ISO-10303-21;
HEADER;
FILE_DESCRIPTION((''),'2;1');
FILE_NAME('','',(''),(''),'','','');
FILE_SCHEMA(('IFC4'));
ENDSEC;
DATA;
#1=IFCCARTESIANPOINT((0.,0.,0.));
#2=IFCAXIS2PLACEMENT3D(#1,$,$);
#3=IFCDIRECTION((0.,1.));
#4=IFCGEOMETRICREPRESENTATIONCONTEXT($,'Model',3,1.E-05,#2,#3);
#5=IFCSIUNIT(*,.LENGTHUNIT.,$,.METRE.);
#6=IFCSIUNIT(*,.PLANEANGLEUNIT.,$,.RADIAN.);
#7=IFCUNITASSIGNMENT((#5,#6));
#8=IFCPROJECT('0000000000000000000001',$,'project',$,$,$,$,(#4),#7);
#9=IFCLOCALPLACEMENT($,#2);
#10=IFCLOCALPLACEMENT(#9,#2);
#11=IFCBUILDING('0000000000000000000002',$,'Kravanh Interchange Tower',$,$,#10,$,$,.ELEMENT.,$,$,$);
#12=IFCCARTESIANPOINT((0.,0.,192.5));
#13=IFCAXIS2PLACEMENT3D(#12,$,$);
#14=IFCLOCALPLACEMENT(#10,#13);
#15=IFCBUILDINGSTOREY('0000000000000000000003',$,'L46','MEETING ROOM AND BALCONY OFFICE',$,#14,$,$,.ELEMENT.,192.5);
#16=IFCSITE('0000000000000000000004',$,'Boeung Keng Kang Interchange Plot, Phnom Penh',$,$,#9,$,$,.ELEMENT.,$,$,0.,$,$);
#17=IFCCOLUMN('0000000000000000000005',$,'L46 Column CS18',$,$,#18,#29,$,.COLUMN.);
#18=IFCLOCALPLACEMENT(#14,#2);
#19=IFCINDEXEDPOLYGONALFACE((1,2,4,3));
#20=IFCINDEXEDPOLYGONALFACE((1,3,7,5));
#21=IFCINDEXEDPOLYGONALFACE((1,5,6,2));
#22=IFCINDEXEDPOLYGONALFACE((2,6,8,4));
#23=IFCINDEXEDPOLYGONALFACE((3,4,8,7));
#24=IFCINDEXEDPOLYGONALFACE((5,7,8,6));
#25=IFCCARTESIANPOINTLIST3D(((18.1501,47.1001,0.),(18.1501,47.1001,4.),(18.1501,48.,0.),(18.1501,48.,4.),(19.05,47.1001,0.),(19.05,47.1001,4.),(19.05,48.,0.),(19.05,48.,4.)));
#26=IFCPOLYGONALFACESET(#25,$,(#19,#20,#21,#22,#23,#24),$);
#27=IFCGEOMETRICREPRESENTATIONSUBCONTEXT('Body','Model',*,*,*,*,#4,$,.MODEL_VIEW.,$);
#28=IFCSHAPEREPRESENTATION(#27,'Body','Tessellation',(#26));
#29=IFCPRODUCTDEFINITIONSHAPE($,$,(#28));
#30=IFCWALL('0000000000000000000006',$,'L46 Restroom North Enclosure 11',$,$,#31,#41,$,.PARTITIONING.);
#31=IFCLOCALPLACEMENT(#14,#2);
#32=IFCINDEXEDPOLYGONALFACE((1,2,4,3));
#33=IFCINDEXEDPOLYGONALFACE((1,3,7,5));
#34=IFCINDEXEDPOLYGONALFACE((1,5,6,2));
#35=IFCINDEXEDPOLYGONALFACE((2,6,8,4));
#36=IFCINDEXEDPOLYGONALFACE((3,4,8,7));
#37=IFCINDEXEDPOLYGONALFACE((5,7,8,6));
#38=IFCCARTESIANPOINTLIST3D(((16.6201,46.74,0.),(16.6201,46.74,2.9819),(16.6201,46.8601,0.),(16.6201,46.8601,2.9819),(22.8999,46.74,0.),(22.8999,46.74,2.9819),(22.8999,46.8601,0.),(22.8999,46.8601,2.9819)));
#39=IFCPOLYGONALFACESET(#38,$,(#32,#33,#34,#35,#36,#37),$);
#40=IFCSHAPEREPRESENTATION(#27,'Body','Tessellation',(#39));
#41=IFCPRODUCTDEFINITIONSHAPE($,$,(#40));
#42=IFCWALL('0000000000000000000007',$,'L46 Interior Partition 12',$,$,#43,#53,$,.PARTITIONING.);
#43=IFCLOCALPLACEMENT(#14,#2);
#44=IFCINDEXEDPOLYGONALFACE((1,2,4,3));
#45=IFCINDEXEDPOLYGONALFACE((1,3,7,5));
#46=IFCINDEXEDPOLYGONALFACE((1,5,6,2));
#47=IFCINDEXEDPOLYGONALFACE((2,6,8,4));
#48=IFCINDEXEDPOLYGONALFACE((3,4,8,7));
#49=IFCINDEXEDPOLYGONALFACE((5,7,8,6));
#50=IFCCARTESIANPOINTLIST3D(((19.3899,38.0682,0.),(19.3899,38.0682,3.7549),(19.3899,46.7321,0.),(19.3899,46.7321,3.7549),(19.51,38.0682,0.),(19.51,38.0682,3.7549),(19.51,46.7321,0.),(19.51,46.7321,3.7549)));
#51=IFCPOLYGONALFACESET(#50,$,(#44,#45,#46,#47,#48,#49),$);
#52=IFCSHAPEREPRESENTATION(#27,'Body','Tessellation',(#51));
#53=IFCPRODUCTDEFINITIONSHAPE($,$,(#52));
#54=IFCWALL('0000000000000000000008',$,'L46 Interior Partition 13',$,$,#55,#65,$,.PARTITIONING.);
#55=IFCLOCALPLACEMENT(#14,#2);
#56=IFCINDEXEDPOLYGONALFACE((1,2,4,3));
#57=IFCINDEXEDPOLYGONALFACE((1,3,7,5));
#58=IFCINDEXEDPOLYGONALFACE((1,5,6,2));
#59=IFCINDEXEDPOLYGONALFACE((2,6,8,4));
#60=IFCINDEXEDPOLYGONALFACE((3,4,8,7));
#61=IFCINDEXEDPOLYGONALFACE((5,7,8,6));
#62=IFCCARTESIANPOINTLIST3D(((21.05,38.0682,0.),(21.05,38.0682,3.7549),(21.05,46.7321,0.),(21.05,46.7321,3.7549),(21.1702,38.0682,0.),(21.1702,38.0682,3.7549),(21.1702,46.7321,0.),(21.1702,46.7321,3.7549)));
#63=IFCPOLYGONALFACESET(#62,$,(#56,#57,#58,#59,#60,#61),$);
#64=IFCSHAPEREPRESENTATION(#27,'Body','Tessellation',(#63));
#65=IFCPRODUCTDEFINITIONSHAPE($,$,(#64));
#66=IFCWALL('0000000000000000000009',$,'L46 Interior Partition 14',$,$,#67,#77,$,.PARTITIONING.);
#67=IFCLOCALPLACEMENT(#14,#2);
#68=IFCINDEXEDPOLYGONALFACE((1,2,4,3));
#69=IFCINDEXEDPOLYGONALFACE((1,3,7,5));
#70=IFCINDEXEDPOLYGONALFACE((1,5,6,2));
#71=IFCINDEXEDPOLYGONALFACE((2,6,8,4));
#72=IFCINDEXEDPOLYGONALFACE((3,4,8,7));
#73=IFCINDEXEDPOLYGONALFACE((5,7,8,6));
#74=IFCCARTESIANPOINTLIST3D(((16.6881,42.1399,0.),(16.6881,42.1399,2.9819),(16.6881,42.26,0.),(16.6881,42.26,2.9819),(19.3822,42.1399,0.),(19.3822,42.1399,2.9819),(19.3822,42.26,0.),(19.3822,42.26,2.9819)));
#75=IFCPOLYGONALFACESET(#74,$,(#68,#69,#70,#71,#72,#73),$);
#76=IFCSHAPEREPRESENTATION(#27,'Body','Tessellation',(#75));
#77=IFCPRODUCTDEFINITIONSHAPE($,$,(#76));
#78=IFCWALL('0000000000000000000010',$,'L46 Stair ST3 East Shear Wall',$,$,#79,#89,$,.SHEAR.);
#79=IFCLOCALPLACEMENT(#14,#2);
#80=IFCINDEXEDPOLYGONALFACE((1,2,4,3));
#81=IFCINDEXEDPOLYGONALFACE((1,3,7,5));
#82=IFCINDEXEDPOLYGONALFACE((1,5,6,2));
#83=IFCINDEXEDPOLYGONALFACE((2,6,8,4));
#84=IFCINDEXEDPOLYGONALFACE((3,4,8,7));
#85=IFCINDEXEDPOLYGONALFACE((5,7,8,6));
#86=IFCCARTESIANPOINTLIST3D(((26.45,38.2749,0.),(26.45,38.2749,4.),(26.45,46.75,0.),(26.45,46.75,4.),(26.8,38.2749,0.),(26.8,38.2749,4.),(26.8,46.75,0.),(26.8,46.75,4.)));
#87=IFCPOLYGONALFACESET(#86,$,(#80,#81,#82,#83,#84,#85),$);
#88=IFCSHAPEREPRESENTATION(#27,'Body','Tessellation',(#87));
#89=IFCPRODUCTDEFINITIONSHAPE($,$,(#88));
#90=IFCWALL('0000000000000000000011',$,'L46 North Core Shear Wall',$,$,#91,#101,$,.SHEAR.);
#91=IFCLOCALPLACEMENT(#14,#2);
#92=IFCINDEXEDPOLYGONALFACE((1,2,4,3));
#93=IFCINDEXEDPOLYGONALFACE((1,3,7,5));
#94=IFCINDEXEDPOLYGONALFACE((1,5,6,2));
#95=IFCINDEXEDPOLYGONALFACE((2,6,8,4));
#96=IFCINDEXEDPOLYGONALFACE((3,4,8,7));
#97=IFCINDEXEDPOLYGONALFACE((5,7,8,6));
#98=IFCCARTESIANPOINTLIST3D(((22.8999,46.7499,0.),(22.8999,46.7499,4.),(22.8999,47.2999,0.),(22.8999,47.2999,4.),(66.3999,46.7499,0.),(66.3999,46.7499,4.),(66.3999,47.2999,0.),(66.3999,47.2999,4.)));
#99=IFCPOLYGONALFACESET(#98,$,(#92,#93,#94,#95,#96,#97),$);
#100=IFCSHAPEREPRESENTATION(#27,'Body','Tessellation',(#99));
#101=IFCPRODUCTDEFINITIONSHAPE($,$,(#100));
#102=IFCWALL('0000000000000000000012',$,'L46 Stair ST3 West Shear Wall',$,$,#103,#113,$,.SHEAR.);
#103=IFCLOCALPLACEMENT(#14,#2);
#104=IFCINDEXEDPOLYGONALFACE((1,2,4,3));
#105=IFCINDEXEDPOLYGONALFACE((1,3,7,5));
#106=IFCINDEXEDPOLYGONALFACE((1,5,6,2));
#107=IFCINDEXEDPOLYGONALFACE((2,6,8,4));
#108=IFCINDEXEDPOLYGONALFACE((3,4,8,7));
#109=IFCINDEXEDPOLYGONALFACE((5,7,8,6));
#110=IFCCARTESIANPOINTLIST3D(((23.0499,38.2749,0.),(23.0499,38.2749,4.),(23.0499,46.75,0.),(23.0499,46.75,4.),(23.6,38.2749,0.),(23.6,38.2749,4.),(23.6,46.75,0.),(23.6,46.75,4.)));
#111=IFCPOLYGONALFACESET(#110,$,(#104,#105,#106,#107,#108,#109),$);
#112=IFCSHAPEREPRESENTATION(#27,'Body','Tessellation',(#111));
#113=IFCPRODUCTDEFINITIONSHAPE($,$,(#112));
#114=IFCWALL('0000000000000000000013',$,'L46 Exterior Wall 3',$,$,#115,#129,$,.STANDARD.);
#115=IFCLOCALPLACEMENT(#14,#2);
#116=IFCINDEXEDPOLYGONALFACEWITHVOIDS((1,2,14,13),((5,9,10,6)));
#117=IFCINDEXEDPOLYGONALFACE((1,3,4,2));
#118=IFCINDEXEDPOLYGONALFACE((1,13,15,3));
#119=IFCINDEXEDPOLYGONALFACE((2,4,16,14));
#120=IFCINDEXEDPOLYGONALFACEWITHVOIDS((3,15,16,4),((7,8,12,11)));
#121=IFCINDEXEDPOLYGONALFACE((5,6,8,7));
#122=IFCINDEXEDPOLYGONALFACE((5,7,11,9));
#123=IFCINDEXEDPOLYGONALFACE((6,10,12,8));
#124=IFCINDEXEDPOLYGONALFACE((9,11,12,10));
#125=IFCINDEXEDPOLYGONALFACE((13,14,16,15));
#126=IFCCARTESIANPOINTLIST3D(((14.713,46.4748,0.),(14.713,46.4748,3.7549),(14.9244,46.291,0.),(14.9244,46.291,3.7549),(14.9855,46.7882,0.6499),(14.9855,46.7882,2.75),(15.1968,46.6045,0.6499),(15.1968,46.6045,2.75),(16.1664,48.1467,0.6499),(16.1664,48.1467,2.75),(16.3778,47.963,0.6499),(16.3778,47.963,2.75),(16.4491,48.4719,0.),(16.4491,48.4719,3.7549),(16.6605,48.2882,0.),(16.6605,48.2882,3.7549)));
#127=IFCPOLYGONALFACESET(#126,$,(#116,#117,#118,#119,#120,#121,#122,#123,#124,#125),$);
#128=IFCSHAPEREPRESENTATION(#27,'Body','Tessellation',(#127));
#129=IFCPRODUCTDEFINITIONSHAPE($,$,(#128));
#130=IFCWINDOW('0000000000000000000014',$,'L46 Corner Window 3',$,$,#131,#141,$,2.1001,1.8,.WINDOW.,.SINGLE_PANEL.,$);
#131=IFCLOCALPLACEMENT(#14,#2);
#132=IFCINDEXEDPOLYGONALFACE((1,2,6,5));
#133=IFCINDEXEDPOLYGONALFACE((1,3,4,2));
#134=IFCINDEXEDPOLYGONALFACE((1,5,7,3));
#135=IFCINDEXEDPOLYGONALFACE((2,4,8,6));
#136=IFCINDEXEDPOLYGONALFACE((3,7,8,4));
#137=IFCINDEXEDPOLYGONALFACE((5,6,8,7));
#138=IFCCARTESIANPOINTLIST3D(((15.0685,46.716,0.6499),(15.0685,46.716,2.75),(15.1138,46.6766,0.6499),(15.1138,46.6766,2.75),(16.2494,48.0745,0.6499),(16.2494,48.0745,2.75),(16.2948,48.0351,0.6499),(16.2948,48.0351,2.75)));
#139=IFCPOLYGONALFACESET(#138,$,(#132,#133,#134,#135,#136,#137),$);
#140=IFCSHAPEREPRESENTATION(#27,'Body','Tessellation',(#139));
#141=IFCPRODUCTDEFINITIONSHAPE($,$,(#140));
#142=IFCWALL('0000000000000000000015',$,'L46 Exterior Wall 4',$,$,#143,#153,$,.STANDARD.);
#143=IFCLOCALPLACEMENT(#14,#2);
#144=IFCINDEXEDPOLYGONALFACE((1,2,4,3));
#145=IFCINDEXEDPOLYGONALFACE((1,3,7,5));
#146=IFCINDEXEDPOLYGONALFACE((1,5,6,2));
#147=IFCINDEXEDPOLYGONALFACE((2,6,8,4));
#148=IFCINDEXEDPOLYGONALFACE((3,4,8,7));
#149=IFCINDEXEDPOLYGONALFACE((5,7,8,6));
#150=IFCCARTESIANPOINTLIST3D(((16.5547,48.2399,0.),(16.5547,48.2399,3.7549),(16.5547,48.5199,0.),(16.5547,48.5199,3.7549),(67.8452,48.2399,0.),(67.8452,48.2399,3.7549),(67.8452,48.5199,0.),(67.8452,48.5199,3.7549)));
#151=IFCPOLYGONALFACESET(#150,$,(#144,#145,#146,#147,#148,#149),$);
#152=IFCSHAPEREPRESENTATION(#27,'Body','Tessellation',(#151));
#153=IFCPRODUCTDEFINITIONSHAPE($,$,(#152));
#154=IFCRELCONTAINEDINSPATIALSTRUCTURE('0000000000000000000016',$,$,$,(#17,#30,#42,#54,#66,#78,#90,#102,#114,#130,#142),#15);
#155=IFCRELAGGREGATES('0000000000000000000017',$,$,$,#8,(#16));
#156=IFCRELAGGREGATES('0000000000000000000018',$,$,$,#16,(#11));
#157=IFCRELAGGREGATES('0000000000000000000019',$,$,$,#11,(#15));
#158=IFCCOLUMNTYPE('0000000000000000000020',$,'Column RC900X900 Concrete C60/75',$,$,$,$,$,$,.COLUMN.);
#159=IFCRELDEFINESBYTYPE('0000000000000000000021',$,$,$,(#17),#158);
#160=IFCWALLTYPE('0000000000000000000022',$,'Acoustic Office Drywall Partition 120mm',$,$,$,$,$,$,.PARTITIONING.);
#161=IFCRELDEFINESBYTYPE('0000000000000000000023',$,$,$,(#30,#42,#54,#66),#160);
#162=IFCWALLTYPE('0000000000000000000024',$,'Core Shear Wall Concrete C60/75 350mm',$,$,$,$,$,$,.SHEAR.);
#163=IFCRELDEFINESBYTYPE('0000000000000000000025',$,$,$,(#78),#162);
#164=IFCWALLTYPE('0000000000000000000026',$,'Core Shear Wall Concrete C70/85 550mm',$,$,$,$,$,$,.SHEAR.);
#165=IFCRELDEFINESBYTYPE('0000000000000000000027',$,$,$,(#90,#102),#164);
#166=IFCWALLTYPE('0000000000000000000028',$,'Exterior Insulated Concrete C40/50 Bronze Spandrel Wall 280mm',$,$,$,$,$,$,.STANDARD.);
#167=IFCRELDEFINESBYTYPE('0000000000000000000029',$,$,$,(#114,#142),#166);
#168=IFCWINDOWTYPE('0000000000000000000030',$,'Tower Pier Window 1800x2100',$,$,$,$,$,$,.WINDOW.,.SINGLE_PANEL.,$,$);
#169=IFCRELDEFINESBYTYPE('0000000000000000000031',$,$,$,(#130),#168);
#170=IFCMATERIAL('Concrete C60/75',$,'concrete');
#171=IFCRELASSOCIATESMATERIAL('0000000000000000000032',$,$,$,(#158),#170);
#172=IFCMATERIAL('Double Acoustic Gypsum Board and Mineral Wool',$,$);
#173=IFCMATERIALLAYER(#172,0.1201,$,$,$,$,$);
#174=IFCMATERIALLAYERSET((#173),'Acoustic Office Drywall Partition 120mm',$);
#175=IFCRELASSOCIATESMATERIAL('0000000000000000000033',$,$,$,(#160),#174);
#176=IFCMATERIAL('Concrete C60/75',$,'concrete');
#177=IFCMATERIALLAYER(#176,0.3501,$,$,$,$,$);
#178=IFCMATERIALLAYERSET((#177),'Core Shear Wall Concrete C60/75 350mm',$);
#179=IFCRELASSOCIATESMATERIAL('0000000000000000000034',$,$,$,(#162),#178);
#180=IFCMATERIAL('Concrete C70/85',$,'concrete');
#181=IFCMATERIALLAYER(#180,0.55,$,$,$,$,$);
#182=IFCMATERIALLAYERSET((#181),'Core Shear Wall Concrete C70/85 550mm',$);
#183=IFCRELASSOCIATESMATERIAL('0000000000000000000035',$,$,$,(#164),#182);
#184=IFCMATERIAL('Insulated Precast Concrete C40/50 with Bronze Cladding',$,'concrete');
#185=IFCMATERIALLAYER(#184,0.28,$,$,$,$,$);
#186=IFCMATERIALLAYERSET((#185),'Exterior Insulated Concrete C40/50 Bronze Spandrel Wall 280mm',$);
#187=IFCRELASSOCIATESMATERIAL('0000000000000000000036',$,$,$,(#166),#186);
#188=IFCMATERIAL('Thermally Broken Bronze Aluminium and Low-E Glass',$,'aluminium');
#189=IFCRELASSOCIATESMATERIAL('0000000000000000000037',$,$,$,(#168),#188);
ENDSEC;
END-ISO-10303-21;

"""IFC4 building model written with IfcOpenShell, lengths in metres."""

from ifc_helpers import new_model, si_unit, direction, frame, frame_2d, origin, origin_2d, place, context, subcontext, project, spatial, rectangle, extrude, material, layer, layer_set, material_profile, profile_set, type_object, element, fill, save


model = new_model("IFC4")

# Units and contexts
model_context = context("Model", 3, precision=1e-05, world=origin(), true_north=direction((0.0, 1.0)))
body_context = subcontext(model_context, "Body", "Model", "MODEL_VIEW")
ifc_project = project(units=[si_unit("LENGTHUNIT", "METRE"), si_unit("PLANEANGLEUNIT", "RADIAN")], contexts=[model_context])

# Site, building, storey
site_placement = place(None, origin())
site = spatial("IfcSite", under=ifc_project, at=site_placement, Name="Boeung Keng Kang Interchange Plot, Phnom Penh", CompositionType="ELEMENT", RefElevation=0.0)
building_placement = place(site_placement, origin())
building = spatial("IfcBuilding", under=site, at=building_placement, Name="Kravanh Interchange Tower", CompositionType="ELEMENT")
storey_placement = place(building_placement, frame((0.0, 0.0, 192.5)))
storey = spatial("IfcBuildingStorey", under=building, at=storey_placement, Name="L46", Description="MEETING ROOM AND BALCONY OFFICE", CompositionType="ELEMENT", Elevation=192.5)

# Column
ifc_material_1 = material(Name="Concrete C60/75", Category="concrete")
ifc_material_profile = material_profile(ifc_material_1, rectangle(XDim=0.8999, YDim=0.8999, at=origin_2d()), Name="RC900X900")
ifc_profile_set = profile_set([ifc_material_profile], Name="Concrete C60/75")
column_type = type_object("IfcColumnType", Name="Column RC900X900 Concrete C60/75", PredefinedType="COLUMN", material=ifc_profile_set)
column_placement = place(storey_placement, frame((18.6001, 47.55, 0.0), z_axis=(0.0, 0.0, 1.0), x_axis=(1.0, 0.0, 0.0)))
element("IfcColumn", 1, at=column_placement, inside=storey, type_object=column_type, Name="L46 Column CS18", PredefinedType="COLUMN", context=body_context, shape_type="SweptSolid", body=[
    extrude(rectangle(XDim=0.8999, YDim=0.8999, at=origin_2d()), origin(), (0.0, 0.0, 1.0), 4.0),
])

# Walls
ifc_material_2 = material(Name="Double Acoustic Gypsum Board and Mineral Wool")
ifc_layer_1 = layer(ifc_material_2, 0.1201)
ifc_layer_set_1 = layer_set([ifc_layer_1], Name="Acoustic Office Drywall Partition 120mm")
wall_type_1 = type_object("IfcWallType", Name="Acoustic Office Drywall Partition 120mm", PredefinedType="PARTITIONING", material=ifc_layer_set_1)
wall_1_placement = place(storey_placement, frame((16.6201, 46.8, 0.0), z_axis=(0.0, 0.0, 1.0), x_axis=(1.0, 0.0, 0.0)))
element("IfcWall", 2, at=wall_1_placement, inside=storey, type_object=wall_type_1, Name="L46 Restroom North Enclosure 11", PredefinedType="PARTITIONING", context=body_context, shape_type="SweptSolid", body=[
    extrude(rectangle(XDim=6.2798, YDim=0.1201, at=frame_2d((3.1399, 0.0))), origin(), (0.0, 0.0, 1.0), 2.9819),
])
for number, where, z_axis, x_axis, name in (
    (3, (19.45, 38.0681, 0.0), (0.0, 0.0, 1.0), (0.0, 1.0, 0.0), "L46 Interior Partition 12"),
    (4, (21.1101, 38.0681, 0.0), (0.0, 0.0, 1.0), (0.0, 1.0, 0.0), "L46 Interior Partition 13"),
):
    element("IfcWall", number, at=place(storey_placement, frame(where, z_axis=z_axis, x_axis=x_axis)), inside=storey, type_object=wall_type_1, Name=name, PredefinedType="PARTITIONING", context=body_context, shape_type="SweptSolid", body=[
        extrude(rectangle(XDim=8.6638, YDim=0.1201, at=frame_2d((4.332, 0.0))), origin(), (0.0, 0.0, 1.0), 3.7549),
    ])
wall_2_placement = place(storey_placement, frame((16.688, 42.2, 0.0), z_axis=(0.0, 0.0, 1.0), x_axis=(1.0, 0.0, 0.0)))
element("IfcWall", 5, at=wall_2_placement, inside=storey, type_object=wall_type_1, Name="L46 Interior Partition 14", PredefinedType="PARTITIONING", context=body_context, shape_type="SweptSolid", body=[
    extrude(rectangle(XDim=2.6941, YDim=0.1201, at=frame_2d((1.3472, 0.0))), origin(), (0.0, 0.0, 1.0), 2.9819),
])
ifc_material_3 = material(Name="Concrete C60/75", Category="concrete")
ifc_layer_2 = layer(ifc_material_3, 0.3501)
ifc_layer_set_2 = layer_set([ifc_layer_2], Name="Core Shear Wall Concrete C60/75 350mm")
wall_type_2 = type_object("IfcWallType", Name="Core Shear Wall Concrete C60/75 350mm", PredefinedType="SHEAR", material=ifc_layer_set_2)
wall_3_placement = place(storey_placement, frame((26.625, 38.2749, 0.0), z_axis=(0.0, 0.0, 1.0), x_axis=(0.0, 1.0, 0.0)))
element("IfcWall", 6, at=wall_3_placement, inside=storey, type_object=wall_type_2, Name="L46 Stair ST3 East Shear Wall", PredefinedType="SHEAR", context=body_context, shape_type="SweptSolid", body=[
    extrude(rectangle(XDim=8.4751, YDim=0.3501, at=frame_2d((4.2375, 0.0))), origin(), (0.0, 0.0, 1.0), 4.0),
])
ifc_material_4 = material(Name="Concrete C70/85", Category="concrete")
ifc_layer_3 = layer(ifc_material_4, 0.55)
ifc_layer_set_3 = layer_set([ifc_layer_3], Name="Core Shear Wall Concrete C70/85 550mm")
wall_type_3 = type_object("IfcWallType", Name="Core Shear Wall Concrete C70/85 550mm", PredefinedType="SHEAR", material=ifc_layer_set_3)
wall_4_placement = place(storey_placement, frame((22.8999, 47.0249, 0.0), z_axis=(0.0, 0.0, 1.0), x_axis=(1.0, 0.0, 0.0)))
element("IfcWall", 7, at=wall_4_placement, inside=storey, type_object=wall_type_3, Name="L46 North Core Shear Wall", PredefinedType="SHEAR", context=body_context, shape_type="SweptSolid", body=[
    extrude(rectangle(XDim=43.5, YDim=0.55, at=frame_2d((21.75, 0.0))), origin(), (0.0, 0.0, 1.0), 4.0),
])
wall_5_placement = place(storey_placement, frame((23.325, 38.2749, 0.0), z_axis=(0.0, 0.0, 1.0), x_axis=(0.0, 1.0, 0.0)))
element("IfcWall", 8, at=wall_5_placement, inside=storey, type_object=wall_type_3, Name="L46 Stair ST3 West Shear Wall", PredefinedType="SHEAR", context=body_context, shape_type="SweptSolid", body=[
    extrude(rectangle(XDim=8.4751, YDim=0.55, at=frame_2d((4.2375, 0.0))), origin(), (0.0, 0.0, 1.0), 4.0),
])

# Wall, opening, window
ifc_material_5 = material(Name="Insulated Precast Concrete C40/50 with Bronze Cladding", Category="concrete")
ifc_layer_4 = layer(ifc_material_5, 0.28)
ifc_layer_set_4 = layer_set([ifc_layer_4], Name="Exterior Insulated Concrete C40/50 Bronze Spandrel Wall 280mm")
wall_type_4 = type_object("IfcWallType", Name="Exterior Insulated Concrete C40/50 Bronze Spandrel Wall 280mm", PredefinedType="STANDARD", material=ifc_layer_set_4)
wall_6_placement = place(storey_placement, frame((14.8186, 46.3828, 0.0), z_axis=(0.0, 0.0, 1.0), x_axis=(0.656071, 0.754699, 0.0)))
wall_6 = element("IfcWall", 9, at=wall_6_placement, inside=storey, type_object=wall_type_4, Name="L46 Exterior Wall 3", PredefinedType="STANDARD", context=body_context, shape_type="SweptSolid", body=[
    extrude(rectangle(XDim=2.6462, YDim=0.28, at=frame_2d((1.3232, 0.0))), origin(), (0.0, 0.0, 1.0), 3.7549),
])
opening_1_placement = place(wall_6_placement, frame((0.4155, 0.0, 0.6499)))
opening_1 = element("IfcOpeningElement", 10, at=opening_1_placement, cuts=wall_6, PredefinedType="OPENING", context=body_context, shape_type="SweptSolid", body=[
    extrude(rectangle(XDim=1.8, YDim=2.1001, at=frame_2d((0.8999, 1.05))), frame((0.0, 0.1499, 0.0), z_axis=(0.0, -1.0, 0.0), x_axis=(1.0, 0.0, 0.0)), (0.0, 0.0, 1.0), 0.3),
])
ifc_material_6 = material(Name="Thermally Broken Bronze Aluminium and Low-E Glass", Category="aluminium")
window_type = type_object("IfcWindowType", Name="Tower Pier Window 1800x2100", PartitioningType="SINGLE_PANEL", PredefinedType="WINDOW", material=ifc_material_6)
window_placement = place(opening_1_placement, origin())
window = element("IfcWindow", 11, at=window_placement, inside=storey, type_object=window_type, Name="L46 Corner Window 3", OverallHeight=2.1001, OverallWidth=1.8, PartitioningType="SINGLE_PANEL", PredefinedType="WINDOW", context=body_context, shape_type="SweptSolid", body=[
    extrude(rectangle(XDim=1.8, YDim=2.1001, at=frame_2d((0.8999, 1.05))), frame((0.0, 0.03, 0.0), z_axis=(0.0, -1.0, 0.0), x_axis=(1.0, 0.0, 0.0)), (0.0, 0.0, 1.0), 0.0601),
])
fill(opening_1, window)

# Wall
wall_7_placement = place(storey_placement, frame((16.5547, 48.3799, 0.0), z_axis=(0.0, 0.0, 1.0), x_axis=(1.0, 0.0, 0.0)))
element("IfcWall", 12, at=wall_7_placement, inside=storey, type_object=wall_type_4, Name="L46 Exterior Wall 4", PredefinedType="STANDARD", context=body_context, shape_type="SweptSolid", body=[
    extrude(rectangle(XDim=51.2905, YDim=0.28, at=frame_2d((25.6453, 0.0))), origin(), (0.0, 0.0, 1.0), 3.7549),
])

save(model, "model.ifc")
